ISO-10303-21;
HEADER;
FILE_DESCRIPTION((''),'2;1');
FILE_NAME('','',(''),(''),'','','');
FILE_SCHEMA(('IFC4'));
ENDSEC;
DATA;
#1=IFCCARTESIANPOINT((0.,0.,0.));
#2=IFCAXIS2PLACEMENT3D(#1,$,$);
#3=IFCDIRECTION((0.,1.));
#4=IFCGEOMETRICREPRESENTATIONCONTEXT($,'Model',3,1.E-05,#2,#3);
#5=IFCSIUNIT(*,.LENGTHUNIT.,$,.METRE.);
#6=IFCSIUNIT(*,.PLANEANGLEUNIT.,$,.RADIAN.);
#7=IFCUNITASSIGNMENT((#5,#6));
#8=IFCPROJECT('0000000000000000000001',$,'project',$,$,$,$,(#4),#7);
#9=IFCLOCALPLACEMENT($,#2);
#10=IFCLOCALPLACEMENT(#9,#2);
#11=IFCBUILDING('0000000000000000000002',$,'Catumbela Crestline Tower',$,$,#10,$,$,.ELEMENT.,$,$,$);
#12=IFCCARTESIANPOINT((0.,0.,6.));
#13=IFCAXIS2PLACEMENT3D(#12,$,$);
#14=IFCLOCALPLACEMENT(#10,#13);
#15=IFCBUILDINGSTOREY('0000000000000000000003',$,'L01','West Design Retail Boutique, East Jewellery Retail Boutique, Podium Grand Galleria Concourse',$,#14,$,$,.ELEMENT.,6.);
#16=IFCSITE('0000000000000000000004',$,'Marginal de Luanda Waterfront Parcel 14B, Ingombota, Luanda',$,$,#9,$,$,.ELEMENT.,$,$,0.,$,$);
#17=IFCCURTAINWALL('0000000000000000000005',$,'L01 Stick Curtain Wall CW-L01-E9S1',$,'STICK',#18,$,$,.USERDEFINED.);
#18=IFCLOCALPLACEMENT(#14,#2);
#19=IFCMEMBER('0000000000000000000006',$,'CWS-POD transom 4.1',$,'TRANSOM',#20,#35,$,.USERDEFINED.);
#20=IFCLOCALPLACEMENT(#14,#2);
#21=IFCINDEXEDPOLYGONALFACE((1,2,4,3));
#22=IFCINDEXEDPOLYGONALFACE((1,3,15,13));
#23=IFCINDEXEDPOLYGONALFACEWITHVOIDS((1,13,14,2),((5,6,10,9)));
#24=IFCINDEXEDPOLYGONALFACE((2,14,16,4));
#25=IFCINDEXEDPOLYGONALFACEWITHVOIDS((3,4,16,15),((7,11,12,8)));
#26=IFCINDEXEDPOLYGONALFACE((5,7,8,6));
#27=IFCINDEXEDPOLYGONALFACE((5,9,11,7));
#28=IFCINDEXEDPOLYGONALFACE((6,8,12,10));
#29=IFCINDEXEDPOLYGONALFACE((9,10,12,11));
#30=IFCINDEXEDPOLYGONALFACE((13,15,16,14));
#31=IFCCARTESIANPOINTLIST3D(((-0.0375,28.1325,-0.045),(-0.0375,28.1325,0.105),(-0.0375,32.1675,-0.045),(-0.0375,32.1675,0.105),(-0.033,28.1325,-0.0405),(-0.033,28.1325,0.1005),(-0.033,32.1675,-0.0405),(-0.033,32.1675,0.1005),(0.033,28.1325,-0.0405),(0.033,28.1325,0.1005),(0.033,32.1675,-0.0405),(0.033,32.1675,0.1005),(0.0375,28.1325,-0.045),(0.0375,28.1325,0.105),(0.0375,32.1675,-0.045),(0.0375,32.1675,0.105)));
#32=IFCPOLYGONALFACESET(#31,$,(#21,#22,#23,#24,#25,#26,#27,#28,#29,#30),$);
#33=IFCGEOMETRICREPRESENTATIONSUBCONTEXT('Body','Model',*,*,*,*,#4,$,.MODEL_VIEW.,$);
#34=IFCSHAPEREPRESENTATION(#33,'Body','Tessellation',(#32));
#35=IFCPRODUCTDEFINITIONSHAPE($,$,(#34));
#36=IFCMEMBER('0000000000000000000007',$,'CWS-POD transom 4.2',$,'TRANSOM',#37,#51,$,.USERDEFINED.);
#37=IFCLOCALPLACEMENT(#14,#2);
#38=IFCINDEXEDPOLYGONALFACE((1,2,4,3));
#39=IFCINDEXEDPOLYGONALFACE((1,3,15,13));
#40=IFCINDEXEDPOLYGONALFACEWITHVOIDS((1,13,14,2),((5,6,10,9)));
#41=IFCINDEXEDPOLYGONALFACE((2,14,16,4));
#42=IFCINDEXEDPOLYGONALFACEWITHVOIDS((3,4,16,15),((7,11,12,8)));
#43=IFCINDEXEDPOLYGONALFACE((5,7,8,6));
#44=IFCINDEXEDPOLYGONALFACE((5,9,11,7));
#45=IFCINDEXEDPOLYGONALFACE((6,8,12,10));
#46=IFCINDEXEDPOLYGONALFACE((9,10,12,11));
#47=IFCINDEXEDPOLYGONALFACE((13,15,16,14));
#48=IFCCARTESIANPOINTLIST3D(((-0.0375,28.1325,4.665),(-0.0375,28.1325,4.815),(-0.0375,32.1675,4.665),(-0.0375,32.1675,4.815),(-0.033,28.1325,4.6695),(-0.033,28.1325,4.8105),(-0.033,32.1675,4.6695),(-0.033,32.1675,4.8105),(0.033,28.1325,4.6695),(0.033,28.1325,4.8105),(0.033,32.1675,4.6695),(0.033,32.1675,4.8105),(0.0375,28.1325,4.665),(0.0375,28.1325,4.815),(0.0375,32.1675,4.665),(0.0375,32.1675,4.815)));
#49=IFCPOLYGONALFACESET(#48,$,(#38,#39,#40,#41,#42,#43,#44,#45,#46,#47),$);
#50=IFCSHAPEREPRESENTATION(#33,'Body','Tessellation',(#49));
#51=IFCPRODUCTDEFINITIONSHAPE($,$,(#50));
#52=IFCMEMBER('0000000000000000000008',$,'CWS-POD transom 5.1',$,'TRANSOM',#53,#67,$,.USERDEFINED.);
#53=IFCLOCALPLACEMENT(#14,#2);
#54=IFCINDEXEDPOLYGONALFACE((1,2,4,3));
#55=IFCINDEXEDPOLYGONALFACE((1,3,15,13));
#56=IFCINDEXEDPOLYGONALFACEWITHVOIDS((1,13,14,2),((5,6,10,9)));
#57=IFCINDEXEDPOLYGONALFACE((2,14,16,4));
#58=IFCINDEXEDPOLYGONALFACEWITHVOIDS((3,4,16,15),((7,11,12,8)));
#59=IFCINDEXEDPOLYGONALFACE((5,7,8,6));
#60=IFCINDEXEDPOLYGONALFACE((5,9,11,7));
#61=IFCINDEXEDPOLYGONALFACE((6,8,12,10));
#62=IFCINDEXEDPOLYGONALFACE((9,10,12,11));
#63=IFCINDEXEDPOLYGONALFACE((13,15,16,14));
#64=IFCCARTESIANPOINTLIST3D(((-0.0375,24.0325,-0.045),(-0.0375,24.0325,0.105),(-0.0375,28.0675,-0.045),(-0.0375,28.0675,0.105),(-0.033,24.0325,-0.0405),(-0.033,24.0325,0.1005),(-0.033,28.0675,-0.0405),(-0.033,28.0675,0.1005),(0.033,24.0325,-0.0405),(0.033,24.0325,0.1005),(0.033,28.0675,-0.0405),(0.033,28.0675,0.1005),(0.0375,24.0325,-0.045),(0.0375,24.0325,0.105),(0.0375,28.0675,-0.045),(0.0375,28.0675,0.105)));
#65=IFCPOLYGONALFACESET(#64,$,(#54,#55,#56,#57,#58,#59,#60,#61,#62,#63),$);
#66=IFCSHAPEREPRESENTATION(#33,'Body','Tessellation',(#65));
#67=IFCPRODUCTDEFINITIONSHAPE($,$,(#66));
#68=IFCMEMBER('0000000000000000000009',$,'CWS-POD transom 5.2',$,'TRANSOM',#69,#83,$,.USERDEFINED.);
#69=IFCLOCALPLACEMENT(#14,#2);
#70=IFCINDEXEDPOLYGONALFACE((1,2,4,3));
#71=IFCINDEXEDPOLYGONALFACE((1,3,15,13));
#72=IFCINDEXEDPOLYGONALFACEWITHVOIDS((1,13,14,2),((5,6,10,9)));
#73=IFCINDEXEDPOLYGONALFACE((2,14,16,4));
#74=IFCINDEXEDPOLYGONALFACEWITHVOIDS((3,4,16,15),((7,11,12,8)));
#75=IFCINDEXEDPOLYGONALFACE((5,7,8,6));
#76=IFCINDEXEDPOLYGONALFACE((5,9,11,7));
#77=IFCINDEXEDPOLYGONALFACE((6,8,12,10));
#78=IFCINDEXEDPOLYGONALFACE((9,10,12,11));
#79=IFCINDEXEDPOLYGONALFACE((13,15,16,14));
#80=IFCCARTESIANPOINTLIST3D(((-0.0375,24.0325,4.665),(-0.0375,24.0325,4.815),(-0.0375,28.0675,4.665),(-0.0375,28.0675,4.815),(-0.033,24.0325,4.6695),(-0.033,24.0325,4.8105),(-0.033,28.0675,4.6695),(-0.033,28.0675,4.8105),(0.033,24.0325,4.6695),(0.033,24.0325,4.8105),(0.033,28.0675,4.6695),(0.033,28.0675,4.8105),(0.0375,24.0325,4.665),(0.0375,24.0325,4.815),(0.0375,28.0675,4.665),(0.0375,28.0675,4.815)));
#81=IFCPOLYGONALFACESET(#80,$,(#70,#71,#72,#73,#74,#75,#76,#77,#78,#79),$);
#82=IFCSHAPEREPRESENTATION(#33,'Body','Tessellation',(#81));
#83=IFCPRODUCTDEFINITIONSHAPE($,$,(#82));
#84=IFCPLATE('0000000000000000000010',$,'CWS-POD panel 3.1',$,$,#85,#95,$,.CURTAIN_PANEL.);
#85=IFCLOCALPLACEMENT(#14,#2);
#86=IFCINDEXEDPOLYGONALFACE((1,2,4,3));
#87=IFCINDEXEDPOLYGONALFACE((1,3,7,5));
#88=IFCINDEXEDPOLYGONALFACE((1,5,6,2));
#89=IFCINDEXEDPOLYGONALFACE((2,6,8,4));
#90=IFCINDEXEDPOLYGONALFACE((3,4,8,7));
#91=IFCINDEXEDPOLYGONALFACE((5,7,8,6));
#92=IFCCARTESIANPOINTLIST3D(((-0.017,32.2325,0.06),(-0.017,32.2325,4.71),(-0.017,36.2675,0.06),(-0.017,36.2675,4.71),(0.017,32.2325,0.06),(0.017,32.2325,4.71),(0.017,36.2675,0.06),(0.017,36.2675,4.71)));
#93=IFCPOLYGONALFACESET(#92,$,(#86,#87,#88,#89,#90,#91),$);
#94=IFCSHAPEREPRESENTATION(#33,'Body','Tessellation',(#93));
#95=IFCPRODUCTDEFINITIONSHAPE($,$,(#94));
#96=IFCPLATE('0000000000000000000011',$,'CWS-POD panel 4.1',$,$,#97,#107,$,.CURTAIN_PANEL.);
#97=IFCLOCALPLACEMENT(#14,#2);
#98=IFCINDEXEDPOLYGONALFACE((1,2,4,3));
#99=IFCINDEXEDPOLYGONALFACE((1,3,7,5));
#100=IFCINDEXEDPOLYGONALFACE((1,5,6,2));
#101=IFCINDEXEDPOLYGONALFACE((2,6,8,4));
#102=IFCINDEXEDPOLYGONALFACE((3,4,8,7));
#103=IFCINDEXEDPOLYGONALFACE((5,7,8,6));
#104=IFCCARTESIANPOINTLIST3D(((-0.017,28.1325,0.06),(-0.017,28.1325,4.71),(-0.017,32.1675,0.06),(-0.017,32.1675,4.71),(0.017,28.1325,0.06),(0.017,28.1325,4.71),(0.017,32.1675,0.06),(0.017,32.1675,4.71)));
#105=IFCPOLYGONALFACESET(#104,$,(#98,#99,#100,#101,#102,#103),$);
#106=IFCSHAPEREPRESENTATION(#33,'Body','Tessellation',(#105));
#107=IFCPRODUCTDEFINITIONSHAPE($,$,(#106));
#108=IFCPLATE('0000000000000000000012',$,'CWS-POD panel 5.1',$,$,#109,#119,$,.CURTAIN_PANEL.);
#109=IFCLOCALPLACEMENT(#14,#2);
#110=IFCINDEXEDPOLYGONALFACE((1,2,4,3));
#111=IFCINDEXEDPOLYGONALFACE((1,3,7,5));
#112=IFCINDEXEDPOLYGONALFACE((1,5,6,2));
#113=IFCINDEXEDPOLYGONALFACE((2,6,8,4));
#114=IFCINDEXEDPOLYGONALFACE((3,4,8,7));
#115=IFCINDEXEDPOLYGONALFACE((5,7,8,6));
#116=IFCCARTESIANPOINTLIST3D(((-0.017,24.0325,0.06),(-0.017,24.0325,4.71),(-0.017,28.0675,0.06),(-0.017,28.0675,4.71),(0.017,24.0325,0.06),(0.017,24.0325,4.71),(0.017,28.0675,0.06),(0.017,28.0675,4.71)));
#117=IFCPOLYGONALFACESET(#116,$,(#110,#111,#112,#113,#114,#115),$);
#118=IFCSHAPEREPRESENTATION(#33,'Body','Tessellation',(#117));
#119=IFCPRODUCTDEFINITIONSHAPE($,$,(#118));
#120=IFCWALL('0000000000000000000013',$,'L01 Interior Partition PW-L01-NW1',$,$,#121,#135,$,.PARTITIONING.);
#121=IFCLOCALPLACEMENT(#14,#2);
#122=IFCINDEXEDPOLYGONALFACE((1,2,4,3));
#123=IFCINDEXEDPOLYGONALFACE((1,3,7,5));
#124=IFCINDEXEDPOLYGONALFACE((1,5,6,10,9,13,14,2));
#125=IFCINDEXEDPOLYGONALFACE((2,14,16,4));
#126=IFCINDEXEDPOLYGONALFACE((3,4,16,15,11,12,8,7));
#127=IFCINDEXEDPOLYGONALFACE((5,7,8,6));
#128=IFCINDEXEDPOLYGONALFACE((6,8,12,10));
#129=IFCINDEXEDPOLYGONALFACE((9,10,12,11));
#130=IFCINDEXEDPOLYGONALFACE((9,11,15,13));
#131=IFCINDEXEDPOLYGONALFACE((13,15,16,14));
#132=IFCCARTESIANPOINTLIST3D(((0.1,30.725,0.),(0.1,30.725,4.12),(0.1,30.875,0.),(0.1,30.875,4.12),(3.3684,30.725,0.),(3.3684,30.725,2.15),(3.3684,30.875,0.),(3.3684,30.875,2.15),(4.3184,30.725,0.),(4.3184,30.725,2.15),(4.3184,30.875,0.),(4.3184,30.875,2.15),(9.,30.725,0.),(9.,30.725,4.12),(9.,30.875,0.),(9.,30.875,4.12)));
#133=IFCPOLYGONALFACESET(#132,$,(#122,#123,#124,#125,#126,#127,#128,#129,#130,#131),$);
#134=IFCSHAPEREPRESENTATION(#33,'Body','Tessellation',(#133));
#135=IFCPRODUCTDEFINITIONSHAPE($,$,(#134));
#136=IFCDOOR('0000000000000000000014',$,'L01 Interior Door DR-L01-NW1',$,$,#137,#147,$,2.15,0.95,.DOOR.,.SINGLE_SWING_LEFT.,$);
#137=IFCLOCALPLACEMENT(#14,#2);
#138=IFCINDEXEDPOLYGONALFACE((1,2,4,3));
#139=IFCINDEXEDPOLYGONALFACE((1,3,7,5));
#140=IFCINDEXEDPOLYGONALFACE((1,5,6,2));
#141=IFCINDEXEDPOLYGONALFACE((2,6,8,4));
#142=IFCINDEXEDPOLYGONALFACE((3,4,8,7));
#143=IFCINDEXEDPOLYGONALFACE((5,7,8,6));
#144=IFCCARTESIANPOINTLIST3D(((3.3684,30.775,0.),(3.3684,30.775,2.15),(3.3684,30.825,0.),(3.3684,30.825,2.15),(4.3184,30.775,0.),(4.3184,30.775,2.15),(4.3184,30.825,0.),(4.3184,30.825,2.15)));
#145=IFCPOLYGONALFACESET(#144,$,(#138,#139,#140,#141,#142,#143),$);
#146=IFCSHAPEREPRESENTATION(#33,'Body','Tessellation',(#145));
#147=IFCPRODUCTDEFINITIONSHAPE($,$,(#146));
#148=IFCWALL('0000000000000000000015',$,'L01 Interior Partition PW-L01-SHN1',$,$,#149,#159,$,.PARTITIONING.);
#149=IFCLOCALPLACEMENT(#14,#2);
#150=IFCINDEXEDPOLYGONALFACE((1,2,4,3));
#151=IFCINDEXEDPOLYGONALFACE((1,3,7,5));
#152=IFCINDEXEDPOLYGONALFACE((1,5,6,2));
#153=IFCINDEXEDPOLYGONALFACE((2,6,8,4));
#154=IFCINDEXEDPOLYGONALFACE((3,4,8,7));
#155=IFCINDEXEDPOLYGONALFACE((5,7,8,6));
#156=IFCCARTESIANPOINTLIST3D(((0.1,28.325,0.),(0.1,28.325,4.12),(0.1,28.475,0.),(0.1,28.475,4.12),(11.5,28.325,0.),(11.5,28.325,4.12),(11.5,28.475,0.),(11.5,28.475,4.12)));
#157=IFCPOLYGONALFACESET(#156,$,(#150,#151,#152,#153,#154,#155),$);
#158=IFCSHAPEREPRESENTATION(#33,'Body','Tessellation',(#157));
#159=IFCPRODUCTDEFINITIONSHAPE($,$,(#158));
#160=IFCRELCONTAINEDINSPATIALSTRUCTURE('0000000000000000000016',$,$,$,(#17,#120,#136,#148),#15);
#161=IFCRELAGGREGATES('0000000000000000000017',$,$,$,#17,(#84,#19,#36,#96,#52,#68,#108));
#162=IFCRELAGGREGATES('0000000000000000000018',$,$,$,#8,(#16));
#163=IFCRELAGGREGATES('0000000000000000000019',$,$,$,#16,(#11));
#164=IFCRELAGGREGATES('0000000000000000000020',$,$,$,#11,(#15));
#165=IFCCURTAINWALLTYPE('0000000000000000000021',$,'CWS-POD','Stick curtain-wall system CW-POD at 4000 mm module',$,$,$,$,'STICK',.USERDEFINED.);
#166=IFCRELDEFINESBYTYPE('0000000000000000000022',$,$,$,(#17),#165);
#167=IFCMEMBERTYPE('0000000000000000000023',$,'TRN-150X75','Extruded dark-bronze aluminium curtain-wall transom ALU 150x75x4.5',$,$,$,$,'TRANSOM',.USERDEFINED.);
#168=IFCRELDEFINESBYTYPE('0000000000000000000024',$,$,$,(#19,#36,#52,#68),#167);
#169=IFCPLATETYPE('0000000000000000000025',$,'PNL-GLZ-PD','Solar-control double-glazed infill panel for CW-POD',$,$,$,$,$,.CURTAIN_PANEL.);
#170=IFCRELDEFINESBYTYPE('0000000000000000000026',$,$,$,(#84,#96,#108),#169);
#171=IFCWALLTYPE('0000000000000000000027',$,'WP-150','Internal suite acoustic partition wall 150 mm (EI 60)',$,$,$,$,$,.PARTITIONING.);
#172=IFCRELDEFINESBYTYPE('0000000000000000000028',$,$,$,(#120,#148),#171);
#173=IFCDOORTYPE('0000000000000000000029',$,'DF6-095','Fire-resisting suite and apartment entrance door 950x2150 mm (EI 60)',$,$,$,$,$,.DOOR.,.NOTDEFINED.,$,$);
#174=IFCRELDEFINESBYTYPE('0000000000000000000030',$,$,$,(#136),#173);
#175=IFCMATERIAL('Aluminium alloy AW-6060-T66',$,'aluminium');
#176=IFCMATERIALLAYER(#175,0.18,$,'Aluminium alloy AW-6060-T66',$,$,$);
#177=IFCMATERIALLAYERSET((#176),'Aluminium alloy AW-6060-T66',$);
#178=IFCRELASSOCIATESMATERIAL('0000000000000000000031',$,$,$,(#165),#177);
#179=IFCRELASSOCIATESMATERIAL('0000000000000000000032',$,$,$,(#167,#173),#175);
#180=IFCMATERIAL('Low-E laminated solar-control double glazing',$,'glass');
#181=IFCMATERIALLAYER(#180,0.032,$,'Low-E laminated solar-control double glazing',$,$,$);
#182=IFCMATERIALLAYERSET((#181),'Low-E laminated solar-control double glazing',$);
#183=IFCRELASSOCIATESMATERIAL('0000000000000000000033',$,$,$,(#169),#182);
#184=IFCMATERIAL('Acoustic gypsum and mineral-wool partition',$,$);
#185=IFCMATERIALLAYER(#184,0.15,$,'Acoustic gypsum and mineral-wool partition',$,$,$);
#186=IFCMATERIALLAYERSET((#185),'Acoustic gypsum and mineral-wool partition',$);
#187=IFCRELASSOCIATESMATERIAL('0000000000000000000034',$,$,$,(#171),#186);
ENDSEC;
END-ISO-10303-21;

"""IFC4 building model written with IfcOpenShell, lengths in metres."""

from ifc_helpers import new_model, si_unit, direction, frame, frame_2d, origin, origin_2d, place, context, subcontext, project, spatial, rectangle, hollow_rectangle, extrude, material, layer, layer_set, material_profile, profile_set, type_object, element, fill, aggregate, save


model = new_model("IFC4")

# Units and contexts
model_context = context("Model", 3, precision=1e-05, world=origin(), true_north=direction((0.0, 1.0)))
body_context = subcontext(model_context, "Body", "Model", "MODEL_VIEW")
ifc_project = project(units=[si_unit("LENGTHUNIT", "METRE"), si_unit("PLANEANGLEUNIT", "RADIAN")], contexts=[model_context])

# Site, building, storey
site_placement = place(None, origin())
site = spatial("IfcSite", under=ifc_project, at=site_placement, Name="Marginal de Luanda Waterfront Parcel 14B, Ingombota, Luanda", CompositionType="ELEMENT", RefElevation=0.0)
building_placement = place(site_placement, origin())
building = spatial("IfcBuilding", under=site, at=building_placement, Name="Catumbela Crestline Tower", CompositionType="ELEMENT")
storey_placement = place(building_placement, frame((0.0, 0.0, 6.0)))
storey = spatial("IfcBuildingStorey", under=building, at=storey_placement, Name="L01", Description="West Design Retail Boutique, East Jewellery Retail Boutique, Podium Grand Galleria Concourse", CompositionType="ELEMENT", Elevation=6.0)

# Curtain wall
ifc_material_1 = material(Name="Aluminium alloy AW-6060-T66", Category="aluminium")
ifc_layer_1 = layer(ifc_material_1, 0.18, Name="Aluminium alloy AW-6060-T66")
ifc_layer_set_1 = layer_set([ifc_layer_1], Name="Aluminium alloy AW-6060-T66")
curtain_wall_type = type_object("IfcCurtainWallType", Name="CWS-POD", Description="Stick curtain-wall system CW-POD at 4000 mm module", ElementType="STICK", PredefinedType="USERDEFINED", material=ifc_layer_set_1)
curtain_wall_placement = place(storey_placement, origin())
curtain_wall = element("IfcCurtainWall", 1, at=curtain_wall_placement, inside=storey, type_object=curtain_wall_type, Name="L01 Stick Curtain Wall CW-L01-E9S1", ObjectType="STICK", PredefinedType="USERDEFINED")

# Members
ifc_material_profile_1 = material_profile(ifc_material_1, hollow_rectangle(XDim=0.075, YDim=0.15, WallThickness=0.0045, at=origin_2d()), Name="ALU 150x75x4.5")
ifc_profile_set_1 = profile_set([ifc_material_profile_1], Name="Aluminium alloy AW-6060-T66")
member_type_1 = type_object("IfcMemberType", Name="TRN-150X75", Description="Extruded dark-bronze aluminium curtain-wall transom ALU 150x75x4.5", ElementType="TRANSOM", PredefinedType="USERDEFINED", material=ifc_profile_set_1)
member_1_placement = place(storey_placement, frame((0.0, 32.1675, 0.03), z_axis=(0.0, -1.0, 0.0), x_axis=(1.0, 0.0, 0.0)))
member_1 = element("IfcMember", 2, at=member_1_placement, type_object=member_type_1, Name="CWS-POD transom 4.1", ObjectType="TRANSOM", PredefinedType="USERDEFINED", context=body_context, shape_type="SweptSolid", body=[
    extrude(hollow_rectangle(XDim=0.075, YDim=0.15, WallThickness=0.0045, at=origin_2d()), origin(), (0.0, 0.0, 1.0), 4.035),
])
member_2_placement = place(storey_placement, frame((0.0, 32.1675, 4.74), z_axis=(0.0, -1.0, 0.0), x_axis=(1.0, 0.0, 0.0)))
member_2 = element("IfcMember", 3, at=member_2_placement, type_object=member_type_1, Name="CWS-POD transom 4.2", ObjectType="TRANSOM", PredefinedType="USERDEFINED", context=body_context, shape_type="SweptSolid", body=[
    extrude(hollow_rectangle(XDim=0.075, YDim=0.15, WallThickness=0.0045, at=origin_2d()), origin(), (0.0, 0.0, 1.0), 4.035),
])
member_3_placement = place(storey_placement, frame((0.0, 28.0675, 0.03), z_axis=(0.0, -1.0, 0.0), x_axis=(1.0, 0.0, 0.0)))
member_3 = element("IfcMember", 4, at=member_3_placement, type_object=member_type_1, Name="CWS-POD transom 5.1", ObjectType="TRANSOM", PredefinedType="USERDEFINED", context=body_context, shape_type="SweptSolid", body=[
    extrude(hollow_rectangle(XDim=0.075, YDim=0.15, WallThickness=0.0045, at=origin_2d()), origin(), (0.0, 0.0, 1.0), 4.035),
])
member_4_placement = place(storey_placement, frame((0.0, 28.0675, 4.74), z_axis=(0.0, -1.0, 0.0), x_axis=(1.0, 0.0, 0.0)))
member_4 = element("IfcMember", 5, at=member_4_placement, type_object=member_type_1, Name="CWS-POD transom 5.2", ObjectType="TRANSOM", PredefinedType="USERDEFINED", context=body_context, shape_type="SweptSolid", body=[
    extrude(hollow_rectangle(XDim=0.075, YDim=0.15, WallThickness=0.0045, at=origin_2d()), origin(), (0.0, 0.0, 1.0), 4.035),
])

# Plates
ifc_material_2 = material(Name="Low-E laminated solar-control double glazing", Category="glass")
ifc_layer_2 = layer(ifc_material_2, 0.032, Name="Low-E laminated solar-control double glazing")
ifc_layer_set_2 = layer_set([ifc_layer_2], Name="Low-E laminated solar-control double glazing")
plate_type = type_object("IfcPlateType", Name="PNL-GLZ-PD", Description="Solar-control double-glazed infill panel for CW-POD", PredefinedType="CURTAIN_PANEL", material=ifc_layer_set_2)
plate_1_placement = place(storey_placement, frame((0.0, 34.25, 0.06), z_axis=(0.0, 0.0, 1.0), x_axis=(0.0, -1.0, 0.0)))
plate_1 = element("IfcPlate", 6, at=plate_1_placement, type_object=plate_type, Name="CWS-POD panel 3.1", PredefinedType="CURTAIN_PANEL", context=body_context, shape_type="SweptSolid", body=[
    extrude(rectangle(XDim=4.035, YDim=0.034, at=origin_2d()), origin(), (0.0, 0.0, 1.0), 4.65),
])
plate_2_placement = place(storey_placement, frame((0.0, 30.15, 0.06), z_axis=(0.0, 0.0, 1.0), x_axis=(0.0, -1.0, 0.0)))
plate_2 = element("IfcPlate", 7, at=plate_2_placement, type_object=plate_type, Name="CWS-POD panel 4.1", PredefinedType="CURTAIN_PANEL", context=body_context, shape_type="SweptSolid", body=[
    extrude(rectangle(XDim=4.035, YDim=0.034, at=origin_2d()), origin(), (0.0, 0.0, 1.0), 4.65),
])
plate_3_placement = place(storey_placement, frame((0.0, 26.05, 0.06), z_axis=(0.0, 0.0, 1.0), x_axis=(0.0, -1.0, 0.0)))
plate_3 = element("IfcPlate", 8, at=plate_3_placement, type_object=plate_type, Name="CWS-POD panel 5.1", PredefinedType="CURTAIN_PANEL", context=body_context, shape_type="SweptSolid", body=[
    extrude(rectangle(XDim=4.035, YDim=0.034, at=origin_2d()), origin(), (0.0, 0.0, 1.0), 4.65),
])
aggregate(curtain_wall, [plate_1, member_1, member_2, plate_2, member_3, member_4, plate_3])

# Wall, opening, door
ifc_material_3 = material(Name="Acoustic gypsum and mineral-wool partition")
ifc_layer_3 = layer(ifc_material_3, 0.15, Name="Acoustic gypsum and mineral-wool partition")
ifc_layer_set_3 = layer_set([ifc_layer_3], Name="Acoustic gypsum and mineral-wool partition")
wall_type = type_object("IfcWallType", Name="WP-150", Description="Internal suite acoustic partition wall 150 mm (EI 60)", PredefinedType="PARTITIONING", material=ifc_layer_set_3)
wall_1_placement = place(storey_placement, frame((0.1, 30.8, 0.0), z_axis=(0.0, 0.0, 1.0), x_axis=(1.0, 0.0, 0.0)))
wall_1 = element("IfcWall", 9, at=wall_1_placement, inside=storey, type_object=wall_type, Name="L01 Interior Partition PW-L01-NW1", PredefinedType="PARTITIONING", context=body_context, shape_type="SweptSolid", body=[
    extrude(rectangle(XDim=8.9, YDim=0.15, at=frame_2d((4.45, 0.0))), origin(), (0.0, 0.0, 1.0), 4.12),
])
opening_placement = place(wall_1_placement, frame((3.2684, 0.0, 0.0)))
opening = element("IfcOpeningElement", 10, at=opening_placement, cuts=wall_1, PredefinedType="OPENING", context=body_context, shape_type="SweptSolid", body=[
    extrude(rectangle(XDim=0.95, YDim=2.15, at=frame_2d((0.475, 1.075))), frame((0.0, 0.085, 0.0), z_axis=(0.0, -1.0, 0.0), x_axis=(1.0, 0.0, 0.0)), (0.0, 0.0, 1.0), 0.17),
])
door_type = type_object("IfcDoorType", Name="DF6-095", Description="Fire-resisting suite and apartment entrance door 950x2150 mm (EI 60)", OperationType="NOTDEFINED", PredefinedType="DOOR", material=ifc_material_1)
door_placement = place(opening_placement, origin())
door = element("IfcDoor", 11, at=door_placement, inside=storey, type_object=door_type, Name="L01 Interior Door DR-L01-NW1", OperationType="SINGLE_SWING_LEFT", OverallHeight=2.15, OverallWidth=0.95, PredefinedType="DOOR", context=body_context, shape_type="SweptSolid", body=[
    extrude(rectangle(XDim=0.95, YDim=2.15, at=frame_2d((0.475, 1.075))), frame((0.0, 0.025, 0.0), z_axis=(0.0, -1.0, 0.0), x_axis=(1.0, 0.0, 0.0)), (0.0, 0.0, 1.0), 0.05),
])
fill(opening, door)

# Wall
wall_2_placement = place(storey_placement, frame((0.1, 28.4, 0.0), z_axis=(0.0, 0.0, 1.0), x_axis=(1.0, 0.0, 0.0)))
element("IfcWall", 12, at=wall_2_placement, inside=storey, type_object=wall_type, Name="L01 Interior Partition PW-L01-SHN1", PredefinedType="PARTITIONING", context=body_context, shape_type="SweptSolid", body=[
    extrude(rectangle(XDim=11.4, YDim=0.15, at=frame_2d((5.7, 0.0))), origin(), (0.0, 0.0, 1.0), 4.12),
])

save(model, "model.ifc")
